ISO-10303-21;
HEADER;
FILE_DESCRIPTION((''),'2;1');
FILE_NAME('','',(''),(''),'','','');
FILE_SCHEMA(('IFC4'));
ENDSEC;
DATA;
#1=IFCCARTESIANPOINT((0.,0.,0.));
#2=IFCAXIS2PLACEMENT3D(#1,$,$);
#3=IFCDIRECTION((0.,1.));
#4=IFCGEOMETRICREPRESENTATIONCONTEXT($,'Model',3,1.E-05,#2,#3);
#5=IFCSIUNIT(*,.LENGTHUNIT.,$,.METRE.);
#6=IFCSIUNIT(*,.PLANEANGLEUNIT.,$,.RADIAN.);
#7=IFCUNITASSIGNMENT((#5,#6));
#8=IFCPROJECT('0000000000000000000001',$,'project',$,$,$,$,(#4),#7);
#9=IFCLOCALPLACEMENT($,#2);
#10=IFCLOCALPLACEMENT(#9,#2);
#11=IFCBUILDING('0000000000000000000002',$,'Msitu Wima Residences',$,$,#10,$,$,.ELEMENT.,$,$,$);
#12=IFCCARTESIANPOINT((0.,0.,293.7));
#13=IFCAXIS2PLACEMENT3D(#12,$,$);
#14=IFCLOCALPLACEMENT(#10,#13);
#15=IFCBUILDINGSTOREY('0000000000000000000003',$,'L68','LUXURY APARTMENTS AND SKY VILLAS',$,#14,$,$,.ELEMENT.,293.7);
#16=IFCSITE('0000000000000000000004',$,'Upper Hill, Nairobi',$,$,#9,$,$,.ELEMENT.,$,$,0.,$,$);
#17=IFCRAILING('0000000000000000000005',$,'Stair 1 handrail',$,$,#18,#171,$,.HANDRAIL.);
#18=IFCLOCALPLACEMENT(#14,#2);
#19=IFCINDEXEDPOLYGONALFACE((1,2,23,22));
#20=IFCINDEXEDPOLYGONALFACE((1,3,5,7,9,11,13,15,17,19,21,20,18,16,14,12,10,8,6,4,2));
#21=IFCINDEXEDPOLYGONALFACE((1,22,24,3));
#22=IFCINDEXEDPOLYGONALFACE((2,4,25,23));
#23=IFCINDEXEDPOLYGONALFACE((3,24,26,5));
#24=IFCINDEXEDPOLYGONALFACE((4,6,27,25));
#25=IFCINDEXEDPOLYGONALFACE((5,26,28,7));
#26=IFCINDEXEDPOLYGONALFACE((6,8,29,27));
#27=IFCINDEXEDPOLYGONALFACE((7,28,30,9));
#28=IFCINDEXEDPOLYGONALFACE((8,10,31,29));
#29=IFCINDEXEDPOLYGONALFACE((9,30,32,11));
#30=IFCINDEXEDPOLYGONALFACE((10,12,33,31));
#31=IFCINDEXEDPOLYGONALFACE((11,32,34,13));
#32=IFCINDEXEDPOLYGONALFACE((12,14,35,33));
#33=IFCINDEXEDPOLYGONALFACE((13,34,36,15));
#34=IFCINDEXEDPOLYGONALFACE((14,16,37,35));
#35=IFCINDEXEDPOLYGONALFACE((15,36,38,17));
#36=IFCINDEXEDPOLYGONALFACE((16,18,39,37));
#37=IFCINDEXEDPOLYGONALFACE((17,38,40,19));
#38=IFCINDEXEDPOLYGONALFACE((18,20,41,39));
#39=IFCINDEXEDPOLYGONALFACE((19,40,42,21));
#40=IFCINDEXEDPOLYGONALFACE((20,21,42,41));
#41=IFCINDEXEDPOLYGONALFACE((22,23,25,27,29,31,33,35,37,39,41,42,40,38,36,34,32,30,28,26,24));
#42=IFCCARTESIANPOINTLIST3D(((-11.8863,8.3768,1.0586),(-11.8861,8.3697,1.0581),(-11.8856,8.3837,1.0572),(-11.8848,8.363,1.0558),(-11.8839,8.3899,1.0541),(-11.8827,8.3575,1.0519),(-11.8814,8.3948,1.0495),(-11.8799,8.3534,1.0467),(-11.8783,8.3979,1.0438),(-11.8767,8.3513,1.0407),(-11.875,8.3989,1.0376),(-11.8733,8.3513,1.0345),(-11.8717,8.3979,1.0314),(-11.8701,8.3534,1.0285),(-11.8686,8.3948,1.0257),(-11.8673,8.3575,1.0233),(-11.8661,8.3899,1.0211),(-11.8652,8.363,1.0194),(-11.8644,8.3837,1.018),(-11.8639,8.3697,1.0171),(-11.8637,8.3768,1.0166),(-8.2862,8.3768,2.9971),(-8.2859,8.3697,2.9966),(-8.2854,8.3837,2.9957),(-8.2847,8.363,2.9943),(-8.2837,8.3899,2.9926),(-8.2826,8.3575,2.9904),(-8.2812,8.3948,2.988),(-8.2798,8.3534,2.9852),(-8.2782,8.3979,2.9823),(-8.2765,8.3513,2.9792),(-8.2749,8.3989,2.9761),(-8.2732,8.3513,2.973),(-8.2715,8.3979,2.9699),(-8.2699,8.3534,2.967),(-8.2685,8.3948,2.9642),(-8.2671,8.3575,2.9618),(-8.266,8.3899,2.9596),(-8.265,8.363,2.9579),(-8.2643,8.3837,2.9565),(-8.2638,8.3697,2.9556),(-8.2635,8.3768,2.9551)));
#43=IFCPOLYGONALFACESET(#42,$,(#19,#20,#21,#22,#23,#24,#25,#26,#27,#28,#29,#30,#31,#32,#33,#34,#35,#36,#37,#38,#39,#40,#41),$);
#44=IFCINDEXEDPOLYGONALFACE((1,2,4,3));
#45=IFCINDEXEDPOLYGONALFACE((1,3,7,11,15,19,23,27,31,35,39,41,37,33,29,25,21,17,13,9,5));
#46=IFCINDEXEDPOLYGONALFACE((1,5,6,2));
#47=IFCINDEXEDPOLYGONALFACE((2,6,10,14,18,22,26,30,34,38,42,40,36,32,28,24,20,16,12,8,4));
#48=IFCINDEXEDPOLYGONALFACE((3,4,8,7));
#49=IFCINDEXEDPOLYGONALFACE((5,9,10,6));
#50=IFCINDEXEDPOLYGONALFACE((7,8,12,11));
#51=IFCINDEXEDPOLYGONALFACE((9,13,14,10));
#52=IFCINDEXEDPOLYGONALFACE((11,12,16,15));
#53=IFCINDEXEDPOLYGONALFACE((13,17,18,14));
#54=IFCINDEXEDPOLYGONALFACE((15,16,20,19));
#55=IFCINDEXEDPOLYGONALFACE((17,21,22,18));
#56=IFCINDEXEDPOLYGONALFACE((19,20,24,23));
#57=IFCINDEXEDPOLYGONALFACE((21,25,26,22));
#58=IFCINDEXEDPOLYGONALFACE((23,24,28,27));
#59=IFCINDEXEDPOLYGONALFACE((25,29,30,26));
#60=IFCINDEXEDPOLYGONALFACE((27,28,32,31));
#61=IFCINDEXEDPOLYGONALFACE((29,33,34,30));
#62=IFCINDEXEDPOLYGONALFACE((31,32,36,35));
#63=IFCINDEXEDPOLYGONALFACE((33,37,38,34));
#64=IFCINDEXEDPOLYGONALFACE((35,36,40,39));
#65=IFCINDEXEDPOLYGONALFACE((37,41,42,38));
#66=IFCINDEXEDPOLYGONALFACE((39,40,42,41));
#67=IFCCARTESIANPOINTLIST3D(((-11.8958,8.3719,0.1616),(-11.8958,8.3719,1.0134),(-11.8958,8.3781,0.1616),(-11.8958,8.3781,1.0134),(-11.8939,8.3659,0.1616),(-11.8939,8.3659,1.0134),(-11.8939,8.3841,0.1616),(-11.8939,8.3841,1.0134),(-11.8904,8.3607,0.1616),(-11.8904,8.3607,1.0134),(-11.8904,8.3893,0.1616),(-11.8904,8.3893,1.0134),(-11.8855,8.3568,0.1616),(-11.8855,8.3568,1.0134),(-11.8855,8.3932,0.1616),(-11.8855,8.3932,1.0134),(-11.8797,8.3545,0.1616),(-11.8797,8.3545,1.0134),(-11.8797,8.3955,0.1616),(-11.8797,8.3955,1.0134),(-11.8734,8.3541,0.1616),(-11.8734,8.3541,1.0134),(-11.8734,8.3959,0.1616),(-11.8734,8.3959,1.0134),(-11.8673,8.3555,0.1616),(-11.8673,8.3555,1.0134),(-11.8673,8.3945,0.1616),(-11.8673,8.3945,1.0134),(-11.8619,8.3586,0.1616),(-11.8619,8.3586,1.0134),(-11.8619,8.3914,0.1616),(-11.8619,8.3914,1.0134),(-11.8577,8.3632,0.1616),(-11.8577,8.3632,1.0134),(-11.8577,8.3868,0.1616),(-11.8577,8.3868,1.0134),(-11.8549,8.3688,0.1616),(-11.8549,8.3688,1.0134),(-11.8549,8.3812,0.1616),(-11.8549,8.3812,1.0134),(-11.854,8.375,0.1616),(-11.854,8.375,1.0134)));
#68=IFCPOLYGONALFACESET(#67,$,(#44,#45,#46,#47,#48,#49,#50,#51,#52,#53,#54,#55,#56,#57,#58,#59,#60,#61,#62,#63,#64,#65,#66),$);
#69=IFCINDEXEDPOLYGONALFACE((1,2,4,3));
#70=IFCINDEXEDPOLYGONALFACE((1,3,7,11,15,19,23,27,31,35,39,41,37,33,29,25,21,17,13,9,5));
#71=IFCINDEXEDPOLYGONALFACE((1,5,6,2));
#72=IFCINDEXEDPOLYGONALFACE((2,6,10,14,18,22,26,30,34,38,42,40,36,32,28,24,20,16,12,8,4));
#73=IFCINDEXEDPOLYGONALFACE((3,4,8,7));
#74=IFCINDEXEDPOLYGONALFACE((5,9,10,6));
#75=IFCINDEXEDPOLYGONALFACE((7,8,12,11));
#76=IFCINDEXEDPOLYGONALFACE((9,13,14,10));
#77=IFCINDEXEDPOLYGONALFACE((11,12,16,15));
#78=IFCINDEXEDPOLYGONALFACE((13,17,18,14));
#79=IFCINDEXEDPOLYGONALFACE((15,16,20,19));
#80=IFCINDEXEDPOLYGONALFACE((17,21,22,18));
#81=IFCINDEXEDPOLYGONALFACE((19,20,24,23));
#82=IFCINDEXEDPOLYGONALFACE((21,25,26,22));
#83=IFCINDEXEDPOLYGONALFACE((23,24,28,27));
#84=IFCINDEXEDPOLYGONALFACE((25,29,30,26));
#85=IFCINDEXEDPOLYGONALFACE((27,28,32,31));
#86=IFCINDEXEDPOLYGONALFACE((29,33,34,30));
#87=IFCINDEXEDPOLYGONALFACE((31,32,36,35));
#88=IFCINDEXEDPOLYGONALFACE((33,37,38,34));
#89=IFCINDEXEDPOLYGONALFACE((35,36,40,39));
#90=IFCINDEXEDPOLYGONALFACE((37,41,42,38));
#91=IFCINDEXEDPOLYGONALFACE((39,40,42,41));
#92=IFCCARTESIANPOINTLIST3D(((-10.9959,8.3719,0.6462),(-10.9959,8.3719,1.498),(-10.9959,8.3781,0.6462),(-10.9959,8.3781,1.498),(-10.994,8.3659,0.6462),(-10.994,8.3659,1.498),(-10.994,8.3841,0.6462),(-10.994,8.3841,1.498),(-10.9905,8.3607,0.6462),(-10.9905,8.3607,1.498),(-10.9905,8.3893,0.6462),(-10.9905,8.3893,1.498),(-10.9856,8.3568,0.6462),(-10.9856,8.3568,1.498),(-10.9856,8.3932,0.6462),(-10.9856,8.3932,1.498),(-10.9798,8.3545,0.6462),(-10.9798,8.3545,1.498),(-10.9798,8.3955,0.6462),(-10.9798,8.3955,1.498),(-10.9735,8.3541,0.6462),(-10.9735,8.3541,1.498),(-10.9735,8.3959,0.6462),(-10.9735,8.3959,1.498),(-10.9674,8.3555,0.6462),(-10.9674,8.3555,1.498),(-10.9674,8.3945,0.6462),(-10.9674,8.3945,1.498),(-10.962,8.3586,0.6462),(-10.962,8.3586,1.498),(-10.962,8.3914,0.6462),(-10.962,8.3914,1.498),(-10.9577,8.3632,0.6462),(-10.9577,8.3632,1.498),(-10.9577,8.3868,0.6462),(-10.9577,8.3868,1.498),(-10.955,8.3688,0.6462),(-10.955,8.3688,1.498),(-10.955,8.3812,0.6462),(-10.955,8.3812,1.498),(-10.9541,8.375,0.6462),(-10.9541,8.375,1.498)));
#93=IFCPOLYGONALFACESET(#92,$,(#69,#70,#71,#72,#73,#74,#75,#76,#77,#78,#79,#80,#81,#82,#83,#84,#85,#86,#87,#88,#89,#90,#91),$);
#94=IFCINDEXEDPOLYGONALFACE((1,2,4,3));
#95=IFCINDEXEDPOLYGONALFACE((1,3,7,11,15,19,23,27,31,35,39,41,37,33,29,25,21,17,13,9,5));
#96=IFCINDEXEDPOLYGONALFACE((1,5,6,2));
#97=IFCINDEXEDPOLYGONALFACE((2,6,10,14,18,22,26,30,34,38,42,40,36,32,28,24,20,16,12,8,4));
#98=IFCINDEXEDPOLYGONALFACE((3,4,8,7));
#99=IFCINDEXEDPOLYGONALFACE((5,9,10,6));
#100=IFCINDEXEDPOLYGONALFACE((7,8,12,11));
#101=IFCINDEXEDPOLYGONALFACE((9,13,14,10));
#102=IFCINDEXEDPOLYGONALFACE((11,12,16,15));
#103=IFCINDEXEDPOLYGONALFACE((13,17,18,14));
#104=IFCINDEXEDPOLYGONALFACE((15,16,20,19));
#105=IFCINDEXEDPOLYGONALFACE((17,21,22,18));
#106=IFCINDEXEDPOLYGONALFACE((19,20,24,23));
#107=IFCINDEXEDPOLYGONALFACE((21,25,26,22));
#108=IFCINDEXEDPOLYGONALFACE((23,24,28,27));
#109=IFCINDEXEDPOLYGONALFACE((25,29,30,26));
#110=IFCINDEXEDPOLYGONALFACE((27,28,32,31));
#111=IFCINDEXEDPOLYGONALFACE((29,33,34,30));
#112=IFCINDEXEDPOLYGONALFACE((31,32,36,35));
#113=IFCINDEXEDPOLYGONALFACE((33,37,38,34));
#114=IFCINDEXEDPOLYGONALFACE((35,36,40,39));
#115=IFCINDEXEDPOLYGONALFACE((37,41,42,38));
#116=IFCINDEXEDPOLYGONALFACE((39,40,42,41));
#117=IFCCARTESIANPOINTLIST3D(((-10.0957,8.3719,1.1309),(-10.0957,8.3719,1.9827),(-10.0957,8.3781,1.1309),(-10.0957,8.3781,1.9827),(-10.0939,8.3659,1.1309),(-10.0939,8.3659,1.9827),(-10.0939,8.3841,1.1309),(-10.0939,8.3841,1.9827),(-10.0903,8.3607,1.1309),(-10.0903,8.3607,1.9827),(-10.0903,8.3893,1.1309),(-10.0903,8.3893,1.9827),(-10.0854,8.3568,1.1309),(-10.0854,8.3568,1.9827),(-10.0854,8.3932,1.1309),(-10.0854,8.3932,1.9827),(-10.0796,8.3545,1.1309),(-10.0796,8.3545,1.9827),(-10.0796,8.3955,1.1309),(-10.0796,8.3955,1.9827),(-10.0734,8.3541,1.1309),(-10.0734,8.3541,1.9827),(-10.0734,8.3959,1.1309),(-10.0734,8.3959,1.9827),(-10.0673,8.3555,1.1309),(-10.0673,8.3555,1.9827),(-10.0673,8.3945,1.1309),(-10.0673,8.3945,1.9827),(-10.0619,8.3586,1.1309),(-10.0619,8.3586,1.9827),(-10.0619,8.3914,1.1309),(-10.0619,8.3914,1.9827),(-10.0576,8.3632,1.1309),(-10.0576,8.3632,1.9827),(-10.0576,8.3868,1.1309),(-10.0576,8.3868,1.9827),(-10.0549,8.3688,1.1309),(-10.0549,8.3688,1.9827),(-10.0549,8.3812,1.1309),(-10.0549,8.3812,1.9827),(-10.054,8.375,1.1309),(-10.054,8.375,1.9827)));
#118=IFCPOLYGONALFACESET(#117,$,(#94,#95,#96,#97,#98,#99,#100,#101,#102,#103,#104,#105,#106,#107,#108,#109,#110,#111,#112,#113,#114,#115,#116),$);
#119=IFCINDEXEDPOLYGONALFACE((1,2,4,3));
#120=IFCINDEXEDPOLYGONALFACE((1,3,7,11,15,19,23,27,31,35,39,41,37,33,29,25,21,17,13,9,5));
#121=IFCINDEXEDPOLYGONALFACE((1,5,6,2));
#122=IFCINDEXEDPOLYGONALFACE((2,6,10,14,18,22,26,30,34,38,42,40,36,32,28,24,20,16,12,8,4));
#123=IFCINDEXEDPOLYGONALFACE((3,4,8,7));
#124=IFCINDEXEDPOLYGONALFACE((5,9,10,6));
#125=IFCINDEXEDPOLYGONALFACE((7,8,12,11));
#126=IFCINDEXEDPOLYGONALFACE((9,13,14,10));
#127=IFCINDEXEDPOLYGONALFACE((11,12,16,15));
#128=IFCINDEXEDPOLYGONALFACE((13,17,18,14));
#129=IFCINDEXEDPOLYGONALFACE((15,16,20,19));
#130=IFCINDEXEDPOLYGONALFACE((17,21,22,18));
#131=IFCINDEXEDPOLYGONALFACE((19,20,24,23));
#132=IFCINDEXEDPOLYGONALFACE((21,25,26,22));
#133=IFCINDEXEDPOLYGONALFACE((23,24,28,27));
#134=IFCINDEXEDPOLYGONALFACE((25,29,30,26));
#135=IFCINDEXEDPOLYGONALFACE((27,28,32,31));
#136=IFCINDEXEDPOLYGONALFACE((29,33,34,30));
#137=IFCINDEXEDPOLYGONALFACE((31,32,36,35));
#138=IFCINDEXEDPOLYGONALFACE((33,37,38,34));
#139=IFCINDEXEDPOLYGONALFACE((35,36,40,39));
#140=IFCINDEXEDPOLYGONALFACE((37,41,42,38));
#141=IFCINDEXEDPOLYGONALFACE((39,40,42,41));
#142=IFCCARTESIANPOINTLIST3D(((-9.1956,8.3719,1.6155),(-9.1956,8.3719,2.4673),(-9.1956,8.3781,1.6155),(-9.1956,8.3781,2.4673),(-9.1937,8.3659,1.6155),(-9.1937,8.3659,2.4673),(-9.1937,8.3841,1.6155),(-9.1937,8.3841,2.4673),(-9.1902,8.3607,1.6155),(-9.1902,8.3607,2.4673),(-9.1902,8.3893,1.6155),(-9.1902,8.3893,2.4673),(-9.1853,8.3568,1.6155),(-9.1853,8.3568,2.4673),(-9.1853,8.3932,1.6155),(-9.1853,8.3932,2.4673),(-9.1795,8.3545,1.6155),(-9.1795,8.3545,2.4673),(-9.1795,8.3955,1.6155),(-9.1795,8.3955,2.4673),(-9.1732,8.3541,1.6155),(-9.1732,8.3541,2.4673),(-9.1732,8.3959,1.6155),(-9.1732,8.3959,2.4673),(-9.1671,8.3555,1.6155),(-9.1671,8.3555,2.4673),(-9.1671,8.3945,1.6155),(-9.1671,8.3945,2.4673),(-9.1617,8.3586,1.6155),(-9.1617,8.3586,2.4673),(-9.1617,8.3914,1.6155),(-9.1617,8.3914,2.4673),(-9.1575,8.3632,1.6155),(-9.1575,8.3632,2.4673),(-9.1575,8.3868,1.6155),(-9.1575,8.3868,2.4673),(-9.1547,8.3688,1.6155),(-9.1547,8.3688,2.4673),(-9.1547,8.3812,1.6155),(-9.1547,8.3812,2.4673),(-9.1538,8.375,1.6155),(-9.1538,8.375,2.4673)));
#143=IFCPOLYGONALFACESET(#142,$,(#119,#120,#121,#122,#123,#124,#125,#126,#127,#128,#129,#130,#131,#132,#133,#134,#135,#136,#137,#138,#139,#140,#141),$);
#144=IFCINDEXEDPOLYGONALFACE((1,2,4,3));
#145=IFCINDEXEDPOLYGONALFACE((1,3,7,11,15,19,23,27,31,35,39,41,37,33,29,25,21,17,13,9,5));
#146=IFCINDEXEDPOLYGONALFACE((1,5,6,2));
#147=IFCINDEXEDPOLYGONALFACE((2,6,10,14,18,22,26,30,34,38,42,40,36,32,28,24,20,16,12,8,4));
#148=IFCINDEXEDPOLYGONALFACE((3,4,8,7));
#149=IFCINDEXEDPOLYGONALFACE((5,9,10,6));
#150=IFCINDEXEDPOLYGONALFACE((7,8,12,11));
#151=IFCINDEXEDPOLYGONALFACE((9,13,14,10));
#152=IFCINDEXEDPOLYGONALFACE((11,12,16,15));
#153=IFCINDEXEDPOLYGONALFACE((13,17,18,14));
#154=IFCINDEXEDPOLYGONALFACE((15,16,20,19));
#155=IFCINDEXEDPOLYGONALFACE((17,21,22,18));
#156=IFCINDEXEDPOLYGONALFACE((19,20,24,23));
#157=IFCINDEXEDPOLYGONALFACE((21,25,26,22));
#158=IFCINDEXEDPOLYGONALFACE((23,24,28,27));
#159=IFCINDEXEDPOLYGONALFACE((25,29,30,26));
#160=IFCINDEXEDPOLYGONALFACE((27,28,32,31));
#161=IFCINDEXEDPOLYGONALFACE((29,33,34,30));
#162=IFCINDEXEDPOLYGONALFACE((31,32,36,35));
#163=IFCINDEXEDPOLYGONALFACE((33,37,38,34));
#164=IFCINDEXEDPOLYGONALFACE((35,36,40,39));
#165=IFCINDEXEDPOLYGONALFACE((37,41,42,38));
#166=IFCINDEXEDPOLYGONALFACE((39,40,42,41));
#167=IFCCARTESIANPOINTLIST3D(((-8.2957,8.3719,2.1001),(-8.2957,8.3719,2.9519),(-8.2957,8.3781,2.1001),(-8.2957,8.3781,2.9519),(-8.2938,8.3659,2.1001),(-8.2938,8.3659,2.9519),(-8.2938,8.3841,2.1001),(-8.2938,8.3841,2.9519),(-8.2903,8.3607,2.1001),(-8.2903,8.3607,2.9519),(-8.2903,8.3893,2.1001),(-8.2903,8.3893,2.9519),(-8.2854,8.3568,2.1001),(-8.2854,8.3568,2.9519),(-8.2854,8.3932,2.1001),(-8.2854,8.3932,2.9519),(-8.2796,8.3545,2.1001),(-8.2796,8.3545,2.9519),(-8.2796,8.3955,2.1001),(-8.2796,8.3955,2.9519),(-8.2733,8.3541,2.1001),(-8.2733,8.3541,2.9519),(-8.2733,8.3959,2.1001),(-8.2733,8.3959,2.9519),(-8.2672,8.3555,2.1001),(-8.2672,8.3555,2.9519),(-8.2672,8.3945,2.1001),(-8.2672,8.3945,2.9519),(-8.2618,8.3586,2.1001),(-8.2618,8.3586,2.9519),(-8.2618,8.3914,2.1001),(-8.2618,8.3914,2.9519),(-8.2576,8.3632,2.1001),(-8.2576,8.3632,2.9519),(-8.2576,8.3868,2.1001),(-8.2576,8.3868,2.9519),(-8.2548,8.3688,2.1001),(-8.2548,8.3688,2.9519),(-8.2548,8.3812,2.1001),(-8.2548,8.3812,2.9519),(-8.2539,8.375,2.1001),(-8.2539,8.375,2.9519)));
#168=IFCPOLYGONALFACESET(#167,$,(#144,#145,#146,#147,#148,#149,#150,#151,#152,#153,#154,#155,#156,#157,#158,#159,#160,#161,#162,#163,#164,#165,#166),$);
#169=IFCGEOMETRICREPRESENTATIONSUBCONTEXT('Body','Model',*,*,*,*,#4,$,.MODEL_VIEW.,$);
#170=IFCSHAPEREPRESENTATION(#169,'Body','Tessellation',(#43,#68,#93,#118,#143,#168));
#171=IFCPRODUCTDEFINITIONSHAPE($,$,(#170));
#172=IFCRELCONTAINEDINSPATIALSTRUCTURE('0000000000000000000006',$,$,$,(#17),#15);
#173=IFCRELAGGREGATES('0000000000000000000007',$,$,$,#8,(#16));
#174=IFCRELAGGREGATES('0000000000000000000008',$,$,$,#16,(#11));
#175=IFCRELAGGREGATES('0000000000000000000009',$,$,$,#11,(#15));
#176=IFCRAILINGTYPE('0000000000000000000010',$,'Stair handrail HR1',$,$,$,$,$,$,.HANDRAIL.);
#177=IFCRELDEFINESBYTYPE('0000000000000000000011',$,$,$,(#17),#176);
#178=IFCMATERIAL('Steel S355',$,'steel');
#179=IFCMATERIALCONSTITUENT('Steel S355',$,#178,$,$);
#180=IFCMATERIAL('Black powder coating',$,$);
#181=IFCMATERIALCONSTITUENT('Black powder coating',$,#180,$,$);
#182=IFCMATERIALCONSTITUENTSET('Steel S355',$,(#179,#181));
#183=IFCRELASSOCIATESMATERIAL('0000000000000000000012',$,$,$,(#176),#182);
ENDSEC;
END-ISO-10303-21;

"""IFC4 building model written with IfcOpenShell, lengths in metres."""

from ifc_helpers import new_model, si_unit, direction, frame, origin, origin_2d, place, context, subcontext, project, spatial, circle, extrude, material, constituent, constituent_set, type_object, element, save


model = new_model("IFC4")

# Units and contexts
model_context = context("Model", 3, precision=1e-05, world=origin(), true_north=direction((0.0, 1.0)))
body_context = subcontext(model_context, "Body", "Model", "MODEL_VIEW")
ifc_project = project(units=[si_unit("LENGTHUNIT", "METRE"), si_unit("PLANEANGLEUNIT", "RADIAN")], contexts=[model_context])

# Site, building, storey
site_placement = place(None, origin())
site = spatial("IfcSite", under=ifc_project, at=site_placement, Name="Upper Hill, Nairobi", CompositionType="ELEMENT", RefElevation=0.0)
building_placement = place(site_placement, origin())
building = spatial("IfcBuilding", under=site, at=building_placement, Name="Msitu Wima Residences", CompositionType="ELEMENT")
storey_placement = place(building_placement, frame((0.0, 0.0, 293.7)))
storey = spatial("IfcBuildingStorey", under=building, at=storey_placement, Name="L68", Description="LUXURY APARTMENTS AND SKY VILLAS", CompositionType="ELEMENT", Elevation=293.7)

# Railing
ifc_material_1 = material(Name="Steel S355", Category="steel")
ifc_constituent_1 = constituent(ifc_material_1, Name="Steel S355")
ifc_material_2 = material(Name="Black powder coating")
ifc_constituent_2 = constituent(ifc_material_2, Name="Black powder coating")
ifc_constituent_set = constituent_set(constituents=[ifc_constituent_1, ifc_constituent_2], Name="Steel S355")
railing_type = type_object("IfcRailingType", Name="Stair handrail HR1", PredefinedType="HANDRAIL", material=ifc_constituent_set)
for number, where, name in (
    (1, (-11.875, 8.375, 0.1616), "Stair 1 handrail"),
):
    element("IfcRailing", number, at=place(storey_placement, frame(where)), inside=storey, type_object=railing_type, Name=name, PredefinedType="HANDRAIL", context=body_context, shape_type="SweptSolid", body=[
        extrude(circle(Radius=0.0239, at=origin_2d()), frame((0.0, 0.0, 0.876), z_axis=(0.880475, 0.0, 0.474093), x_axis=(0.0, 1.0, 0.0)), (0.0, 0.0, 1.0), 4.0889),
        extrude(circle(Radius=0.021, at=origin_2d()), origin(), (0.0, 0.0, 1.0), 0.8518),
        extrude(circle(Radius=0.021, at=origin_2d()), frame((0.8999, 0.0, 0.4846)), (0.0, 0.0, 1.0), 0.8518),
        extrude(circle(Radius=0.021, at=origin_2d()), frame((1.8, 0.0, 0.9692)), (0.0, 0.0, 1.0), 0.8518),
        extrude(circle(Radius=0.021, at=origin_2d()), frame((2.7002, 0.0, 1.4539)), (0.0, 0.0, 1.0), 0.8518),
        extrude(circle(Radius=0.021, at=origin_2d()), frame((3.6001, 0.0, 1.9385)), (0.0, 0.0, 1.0), 0.8518),
    ])

save(model, "model.ifc")
